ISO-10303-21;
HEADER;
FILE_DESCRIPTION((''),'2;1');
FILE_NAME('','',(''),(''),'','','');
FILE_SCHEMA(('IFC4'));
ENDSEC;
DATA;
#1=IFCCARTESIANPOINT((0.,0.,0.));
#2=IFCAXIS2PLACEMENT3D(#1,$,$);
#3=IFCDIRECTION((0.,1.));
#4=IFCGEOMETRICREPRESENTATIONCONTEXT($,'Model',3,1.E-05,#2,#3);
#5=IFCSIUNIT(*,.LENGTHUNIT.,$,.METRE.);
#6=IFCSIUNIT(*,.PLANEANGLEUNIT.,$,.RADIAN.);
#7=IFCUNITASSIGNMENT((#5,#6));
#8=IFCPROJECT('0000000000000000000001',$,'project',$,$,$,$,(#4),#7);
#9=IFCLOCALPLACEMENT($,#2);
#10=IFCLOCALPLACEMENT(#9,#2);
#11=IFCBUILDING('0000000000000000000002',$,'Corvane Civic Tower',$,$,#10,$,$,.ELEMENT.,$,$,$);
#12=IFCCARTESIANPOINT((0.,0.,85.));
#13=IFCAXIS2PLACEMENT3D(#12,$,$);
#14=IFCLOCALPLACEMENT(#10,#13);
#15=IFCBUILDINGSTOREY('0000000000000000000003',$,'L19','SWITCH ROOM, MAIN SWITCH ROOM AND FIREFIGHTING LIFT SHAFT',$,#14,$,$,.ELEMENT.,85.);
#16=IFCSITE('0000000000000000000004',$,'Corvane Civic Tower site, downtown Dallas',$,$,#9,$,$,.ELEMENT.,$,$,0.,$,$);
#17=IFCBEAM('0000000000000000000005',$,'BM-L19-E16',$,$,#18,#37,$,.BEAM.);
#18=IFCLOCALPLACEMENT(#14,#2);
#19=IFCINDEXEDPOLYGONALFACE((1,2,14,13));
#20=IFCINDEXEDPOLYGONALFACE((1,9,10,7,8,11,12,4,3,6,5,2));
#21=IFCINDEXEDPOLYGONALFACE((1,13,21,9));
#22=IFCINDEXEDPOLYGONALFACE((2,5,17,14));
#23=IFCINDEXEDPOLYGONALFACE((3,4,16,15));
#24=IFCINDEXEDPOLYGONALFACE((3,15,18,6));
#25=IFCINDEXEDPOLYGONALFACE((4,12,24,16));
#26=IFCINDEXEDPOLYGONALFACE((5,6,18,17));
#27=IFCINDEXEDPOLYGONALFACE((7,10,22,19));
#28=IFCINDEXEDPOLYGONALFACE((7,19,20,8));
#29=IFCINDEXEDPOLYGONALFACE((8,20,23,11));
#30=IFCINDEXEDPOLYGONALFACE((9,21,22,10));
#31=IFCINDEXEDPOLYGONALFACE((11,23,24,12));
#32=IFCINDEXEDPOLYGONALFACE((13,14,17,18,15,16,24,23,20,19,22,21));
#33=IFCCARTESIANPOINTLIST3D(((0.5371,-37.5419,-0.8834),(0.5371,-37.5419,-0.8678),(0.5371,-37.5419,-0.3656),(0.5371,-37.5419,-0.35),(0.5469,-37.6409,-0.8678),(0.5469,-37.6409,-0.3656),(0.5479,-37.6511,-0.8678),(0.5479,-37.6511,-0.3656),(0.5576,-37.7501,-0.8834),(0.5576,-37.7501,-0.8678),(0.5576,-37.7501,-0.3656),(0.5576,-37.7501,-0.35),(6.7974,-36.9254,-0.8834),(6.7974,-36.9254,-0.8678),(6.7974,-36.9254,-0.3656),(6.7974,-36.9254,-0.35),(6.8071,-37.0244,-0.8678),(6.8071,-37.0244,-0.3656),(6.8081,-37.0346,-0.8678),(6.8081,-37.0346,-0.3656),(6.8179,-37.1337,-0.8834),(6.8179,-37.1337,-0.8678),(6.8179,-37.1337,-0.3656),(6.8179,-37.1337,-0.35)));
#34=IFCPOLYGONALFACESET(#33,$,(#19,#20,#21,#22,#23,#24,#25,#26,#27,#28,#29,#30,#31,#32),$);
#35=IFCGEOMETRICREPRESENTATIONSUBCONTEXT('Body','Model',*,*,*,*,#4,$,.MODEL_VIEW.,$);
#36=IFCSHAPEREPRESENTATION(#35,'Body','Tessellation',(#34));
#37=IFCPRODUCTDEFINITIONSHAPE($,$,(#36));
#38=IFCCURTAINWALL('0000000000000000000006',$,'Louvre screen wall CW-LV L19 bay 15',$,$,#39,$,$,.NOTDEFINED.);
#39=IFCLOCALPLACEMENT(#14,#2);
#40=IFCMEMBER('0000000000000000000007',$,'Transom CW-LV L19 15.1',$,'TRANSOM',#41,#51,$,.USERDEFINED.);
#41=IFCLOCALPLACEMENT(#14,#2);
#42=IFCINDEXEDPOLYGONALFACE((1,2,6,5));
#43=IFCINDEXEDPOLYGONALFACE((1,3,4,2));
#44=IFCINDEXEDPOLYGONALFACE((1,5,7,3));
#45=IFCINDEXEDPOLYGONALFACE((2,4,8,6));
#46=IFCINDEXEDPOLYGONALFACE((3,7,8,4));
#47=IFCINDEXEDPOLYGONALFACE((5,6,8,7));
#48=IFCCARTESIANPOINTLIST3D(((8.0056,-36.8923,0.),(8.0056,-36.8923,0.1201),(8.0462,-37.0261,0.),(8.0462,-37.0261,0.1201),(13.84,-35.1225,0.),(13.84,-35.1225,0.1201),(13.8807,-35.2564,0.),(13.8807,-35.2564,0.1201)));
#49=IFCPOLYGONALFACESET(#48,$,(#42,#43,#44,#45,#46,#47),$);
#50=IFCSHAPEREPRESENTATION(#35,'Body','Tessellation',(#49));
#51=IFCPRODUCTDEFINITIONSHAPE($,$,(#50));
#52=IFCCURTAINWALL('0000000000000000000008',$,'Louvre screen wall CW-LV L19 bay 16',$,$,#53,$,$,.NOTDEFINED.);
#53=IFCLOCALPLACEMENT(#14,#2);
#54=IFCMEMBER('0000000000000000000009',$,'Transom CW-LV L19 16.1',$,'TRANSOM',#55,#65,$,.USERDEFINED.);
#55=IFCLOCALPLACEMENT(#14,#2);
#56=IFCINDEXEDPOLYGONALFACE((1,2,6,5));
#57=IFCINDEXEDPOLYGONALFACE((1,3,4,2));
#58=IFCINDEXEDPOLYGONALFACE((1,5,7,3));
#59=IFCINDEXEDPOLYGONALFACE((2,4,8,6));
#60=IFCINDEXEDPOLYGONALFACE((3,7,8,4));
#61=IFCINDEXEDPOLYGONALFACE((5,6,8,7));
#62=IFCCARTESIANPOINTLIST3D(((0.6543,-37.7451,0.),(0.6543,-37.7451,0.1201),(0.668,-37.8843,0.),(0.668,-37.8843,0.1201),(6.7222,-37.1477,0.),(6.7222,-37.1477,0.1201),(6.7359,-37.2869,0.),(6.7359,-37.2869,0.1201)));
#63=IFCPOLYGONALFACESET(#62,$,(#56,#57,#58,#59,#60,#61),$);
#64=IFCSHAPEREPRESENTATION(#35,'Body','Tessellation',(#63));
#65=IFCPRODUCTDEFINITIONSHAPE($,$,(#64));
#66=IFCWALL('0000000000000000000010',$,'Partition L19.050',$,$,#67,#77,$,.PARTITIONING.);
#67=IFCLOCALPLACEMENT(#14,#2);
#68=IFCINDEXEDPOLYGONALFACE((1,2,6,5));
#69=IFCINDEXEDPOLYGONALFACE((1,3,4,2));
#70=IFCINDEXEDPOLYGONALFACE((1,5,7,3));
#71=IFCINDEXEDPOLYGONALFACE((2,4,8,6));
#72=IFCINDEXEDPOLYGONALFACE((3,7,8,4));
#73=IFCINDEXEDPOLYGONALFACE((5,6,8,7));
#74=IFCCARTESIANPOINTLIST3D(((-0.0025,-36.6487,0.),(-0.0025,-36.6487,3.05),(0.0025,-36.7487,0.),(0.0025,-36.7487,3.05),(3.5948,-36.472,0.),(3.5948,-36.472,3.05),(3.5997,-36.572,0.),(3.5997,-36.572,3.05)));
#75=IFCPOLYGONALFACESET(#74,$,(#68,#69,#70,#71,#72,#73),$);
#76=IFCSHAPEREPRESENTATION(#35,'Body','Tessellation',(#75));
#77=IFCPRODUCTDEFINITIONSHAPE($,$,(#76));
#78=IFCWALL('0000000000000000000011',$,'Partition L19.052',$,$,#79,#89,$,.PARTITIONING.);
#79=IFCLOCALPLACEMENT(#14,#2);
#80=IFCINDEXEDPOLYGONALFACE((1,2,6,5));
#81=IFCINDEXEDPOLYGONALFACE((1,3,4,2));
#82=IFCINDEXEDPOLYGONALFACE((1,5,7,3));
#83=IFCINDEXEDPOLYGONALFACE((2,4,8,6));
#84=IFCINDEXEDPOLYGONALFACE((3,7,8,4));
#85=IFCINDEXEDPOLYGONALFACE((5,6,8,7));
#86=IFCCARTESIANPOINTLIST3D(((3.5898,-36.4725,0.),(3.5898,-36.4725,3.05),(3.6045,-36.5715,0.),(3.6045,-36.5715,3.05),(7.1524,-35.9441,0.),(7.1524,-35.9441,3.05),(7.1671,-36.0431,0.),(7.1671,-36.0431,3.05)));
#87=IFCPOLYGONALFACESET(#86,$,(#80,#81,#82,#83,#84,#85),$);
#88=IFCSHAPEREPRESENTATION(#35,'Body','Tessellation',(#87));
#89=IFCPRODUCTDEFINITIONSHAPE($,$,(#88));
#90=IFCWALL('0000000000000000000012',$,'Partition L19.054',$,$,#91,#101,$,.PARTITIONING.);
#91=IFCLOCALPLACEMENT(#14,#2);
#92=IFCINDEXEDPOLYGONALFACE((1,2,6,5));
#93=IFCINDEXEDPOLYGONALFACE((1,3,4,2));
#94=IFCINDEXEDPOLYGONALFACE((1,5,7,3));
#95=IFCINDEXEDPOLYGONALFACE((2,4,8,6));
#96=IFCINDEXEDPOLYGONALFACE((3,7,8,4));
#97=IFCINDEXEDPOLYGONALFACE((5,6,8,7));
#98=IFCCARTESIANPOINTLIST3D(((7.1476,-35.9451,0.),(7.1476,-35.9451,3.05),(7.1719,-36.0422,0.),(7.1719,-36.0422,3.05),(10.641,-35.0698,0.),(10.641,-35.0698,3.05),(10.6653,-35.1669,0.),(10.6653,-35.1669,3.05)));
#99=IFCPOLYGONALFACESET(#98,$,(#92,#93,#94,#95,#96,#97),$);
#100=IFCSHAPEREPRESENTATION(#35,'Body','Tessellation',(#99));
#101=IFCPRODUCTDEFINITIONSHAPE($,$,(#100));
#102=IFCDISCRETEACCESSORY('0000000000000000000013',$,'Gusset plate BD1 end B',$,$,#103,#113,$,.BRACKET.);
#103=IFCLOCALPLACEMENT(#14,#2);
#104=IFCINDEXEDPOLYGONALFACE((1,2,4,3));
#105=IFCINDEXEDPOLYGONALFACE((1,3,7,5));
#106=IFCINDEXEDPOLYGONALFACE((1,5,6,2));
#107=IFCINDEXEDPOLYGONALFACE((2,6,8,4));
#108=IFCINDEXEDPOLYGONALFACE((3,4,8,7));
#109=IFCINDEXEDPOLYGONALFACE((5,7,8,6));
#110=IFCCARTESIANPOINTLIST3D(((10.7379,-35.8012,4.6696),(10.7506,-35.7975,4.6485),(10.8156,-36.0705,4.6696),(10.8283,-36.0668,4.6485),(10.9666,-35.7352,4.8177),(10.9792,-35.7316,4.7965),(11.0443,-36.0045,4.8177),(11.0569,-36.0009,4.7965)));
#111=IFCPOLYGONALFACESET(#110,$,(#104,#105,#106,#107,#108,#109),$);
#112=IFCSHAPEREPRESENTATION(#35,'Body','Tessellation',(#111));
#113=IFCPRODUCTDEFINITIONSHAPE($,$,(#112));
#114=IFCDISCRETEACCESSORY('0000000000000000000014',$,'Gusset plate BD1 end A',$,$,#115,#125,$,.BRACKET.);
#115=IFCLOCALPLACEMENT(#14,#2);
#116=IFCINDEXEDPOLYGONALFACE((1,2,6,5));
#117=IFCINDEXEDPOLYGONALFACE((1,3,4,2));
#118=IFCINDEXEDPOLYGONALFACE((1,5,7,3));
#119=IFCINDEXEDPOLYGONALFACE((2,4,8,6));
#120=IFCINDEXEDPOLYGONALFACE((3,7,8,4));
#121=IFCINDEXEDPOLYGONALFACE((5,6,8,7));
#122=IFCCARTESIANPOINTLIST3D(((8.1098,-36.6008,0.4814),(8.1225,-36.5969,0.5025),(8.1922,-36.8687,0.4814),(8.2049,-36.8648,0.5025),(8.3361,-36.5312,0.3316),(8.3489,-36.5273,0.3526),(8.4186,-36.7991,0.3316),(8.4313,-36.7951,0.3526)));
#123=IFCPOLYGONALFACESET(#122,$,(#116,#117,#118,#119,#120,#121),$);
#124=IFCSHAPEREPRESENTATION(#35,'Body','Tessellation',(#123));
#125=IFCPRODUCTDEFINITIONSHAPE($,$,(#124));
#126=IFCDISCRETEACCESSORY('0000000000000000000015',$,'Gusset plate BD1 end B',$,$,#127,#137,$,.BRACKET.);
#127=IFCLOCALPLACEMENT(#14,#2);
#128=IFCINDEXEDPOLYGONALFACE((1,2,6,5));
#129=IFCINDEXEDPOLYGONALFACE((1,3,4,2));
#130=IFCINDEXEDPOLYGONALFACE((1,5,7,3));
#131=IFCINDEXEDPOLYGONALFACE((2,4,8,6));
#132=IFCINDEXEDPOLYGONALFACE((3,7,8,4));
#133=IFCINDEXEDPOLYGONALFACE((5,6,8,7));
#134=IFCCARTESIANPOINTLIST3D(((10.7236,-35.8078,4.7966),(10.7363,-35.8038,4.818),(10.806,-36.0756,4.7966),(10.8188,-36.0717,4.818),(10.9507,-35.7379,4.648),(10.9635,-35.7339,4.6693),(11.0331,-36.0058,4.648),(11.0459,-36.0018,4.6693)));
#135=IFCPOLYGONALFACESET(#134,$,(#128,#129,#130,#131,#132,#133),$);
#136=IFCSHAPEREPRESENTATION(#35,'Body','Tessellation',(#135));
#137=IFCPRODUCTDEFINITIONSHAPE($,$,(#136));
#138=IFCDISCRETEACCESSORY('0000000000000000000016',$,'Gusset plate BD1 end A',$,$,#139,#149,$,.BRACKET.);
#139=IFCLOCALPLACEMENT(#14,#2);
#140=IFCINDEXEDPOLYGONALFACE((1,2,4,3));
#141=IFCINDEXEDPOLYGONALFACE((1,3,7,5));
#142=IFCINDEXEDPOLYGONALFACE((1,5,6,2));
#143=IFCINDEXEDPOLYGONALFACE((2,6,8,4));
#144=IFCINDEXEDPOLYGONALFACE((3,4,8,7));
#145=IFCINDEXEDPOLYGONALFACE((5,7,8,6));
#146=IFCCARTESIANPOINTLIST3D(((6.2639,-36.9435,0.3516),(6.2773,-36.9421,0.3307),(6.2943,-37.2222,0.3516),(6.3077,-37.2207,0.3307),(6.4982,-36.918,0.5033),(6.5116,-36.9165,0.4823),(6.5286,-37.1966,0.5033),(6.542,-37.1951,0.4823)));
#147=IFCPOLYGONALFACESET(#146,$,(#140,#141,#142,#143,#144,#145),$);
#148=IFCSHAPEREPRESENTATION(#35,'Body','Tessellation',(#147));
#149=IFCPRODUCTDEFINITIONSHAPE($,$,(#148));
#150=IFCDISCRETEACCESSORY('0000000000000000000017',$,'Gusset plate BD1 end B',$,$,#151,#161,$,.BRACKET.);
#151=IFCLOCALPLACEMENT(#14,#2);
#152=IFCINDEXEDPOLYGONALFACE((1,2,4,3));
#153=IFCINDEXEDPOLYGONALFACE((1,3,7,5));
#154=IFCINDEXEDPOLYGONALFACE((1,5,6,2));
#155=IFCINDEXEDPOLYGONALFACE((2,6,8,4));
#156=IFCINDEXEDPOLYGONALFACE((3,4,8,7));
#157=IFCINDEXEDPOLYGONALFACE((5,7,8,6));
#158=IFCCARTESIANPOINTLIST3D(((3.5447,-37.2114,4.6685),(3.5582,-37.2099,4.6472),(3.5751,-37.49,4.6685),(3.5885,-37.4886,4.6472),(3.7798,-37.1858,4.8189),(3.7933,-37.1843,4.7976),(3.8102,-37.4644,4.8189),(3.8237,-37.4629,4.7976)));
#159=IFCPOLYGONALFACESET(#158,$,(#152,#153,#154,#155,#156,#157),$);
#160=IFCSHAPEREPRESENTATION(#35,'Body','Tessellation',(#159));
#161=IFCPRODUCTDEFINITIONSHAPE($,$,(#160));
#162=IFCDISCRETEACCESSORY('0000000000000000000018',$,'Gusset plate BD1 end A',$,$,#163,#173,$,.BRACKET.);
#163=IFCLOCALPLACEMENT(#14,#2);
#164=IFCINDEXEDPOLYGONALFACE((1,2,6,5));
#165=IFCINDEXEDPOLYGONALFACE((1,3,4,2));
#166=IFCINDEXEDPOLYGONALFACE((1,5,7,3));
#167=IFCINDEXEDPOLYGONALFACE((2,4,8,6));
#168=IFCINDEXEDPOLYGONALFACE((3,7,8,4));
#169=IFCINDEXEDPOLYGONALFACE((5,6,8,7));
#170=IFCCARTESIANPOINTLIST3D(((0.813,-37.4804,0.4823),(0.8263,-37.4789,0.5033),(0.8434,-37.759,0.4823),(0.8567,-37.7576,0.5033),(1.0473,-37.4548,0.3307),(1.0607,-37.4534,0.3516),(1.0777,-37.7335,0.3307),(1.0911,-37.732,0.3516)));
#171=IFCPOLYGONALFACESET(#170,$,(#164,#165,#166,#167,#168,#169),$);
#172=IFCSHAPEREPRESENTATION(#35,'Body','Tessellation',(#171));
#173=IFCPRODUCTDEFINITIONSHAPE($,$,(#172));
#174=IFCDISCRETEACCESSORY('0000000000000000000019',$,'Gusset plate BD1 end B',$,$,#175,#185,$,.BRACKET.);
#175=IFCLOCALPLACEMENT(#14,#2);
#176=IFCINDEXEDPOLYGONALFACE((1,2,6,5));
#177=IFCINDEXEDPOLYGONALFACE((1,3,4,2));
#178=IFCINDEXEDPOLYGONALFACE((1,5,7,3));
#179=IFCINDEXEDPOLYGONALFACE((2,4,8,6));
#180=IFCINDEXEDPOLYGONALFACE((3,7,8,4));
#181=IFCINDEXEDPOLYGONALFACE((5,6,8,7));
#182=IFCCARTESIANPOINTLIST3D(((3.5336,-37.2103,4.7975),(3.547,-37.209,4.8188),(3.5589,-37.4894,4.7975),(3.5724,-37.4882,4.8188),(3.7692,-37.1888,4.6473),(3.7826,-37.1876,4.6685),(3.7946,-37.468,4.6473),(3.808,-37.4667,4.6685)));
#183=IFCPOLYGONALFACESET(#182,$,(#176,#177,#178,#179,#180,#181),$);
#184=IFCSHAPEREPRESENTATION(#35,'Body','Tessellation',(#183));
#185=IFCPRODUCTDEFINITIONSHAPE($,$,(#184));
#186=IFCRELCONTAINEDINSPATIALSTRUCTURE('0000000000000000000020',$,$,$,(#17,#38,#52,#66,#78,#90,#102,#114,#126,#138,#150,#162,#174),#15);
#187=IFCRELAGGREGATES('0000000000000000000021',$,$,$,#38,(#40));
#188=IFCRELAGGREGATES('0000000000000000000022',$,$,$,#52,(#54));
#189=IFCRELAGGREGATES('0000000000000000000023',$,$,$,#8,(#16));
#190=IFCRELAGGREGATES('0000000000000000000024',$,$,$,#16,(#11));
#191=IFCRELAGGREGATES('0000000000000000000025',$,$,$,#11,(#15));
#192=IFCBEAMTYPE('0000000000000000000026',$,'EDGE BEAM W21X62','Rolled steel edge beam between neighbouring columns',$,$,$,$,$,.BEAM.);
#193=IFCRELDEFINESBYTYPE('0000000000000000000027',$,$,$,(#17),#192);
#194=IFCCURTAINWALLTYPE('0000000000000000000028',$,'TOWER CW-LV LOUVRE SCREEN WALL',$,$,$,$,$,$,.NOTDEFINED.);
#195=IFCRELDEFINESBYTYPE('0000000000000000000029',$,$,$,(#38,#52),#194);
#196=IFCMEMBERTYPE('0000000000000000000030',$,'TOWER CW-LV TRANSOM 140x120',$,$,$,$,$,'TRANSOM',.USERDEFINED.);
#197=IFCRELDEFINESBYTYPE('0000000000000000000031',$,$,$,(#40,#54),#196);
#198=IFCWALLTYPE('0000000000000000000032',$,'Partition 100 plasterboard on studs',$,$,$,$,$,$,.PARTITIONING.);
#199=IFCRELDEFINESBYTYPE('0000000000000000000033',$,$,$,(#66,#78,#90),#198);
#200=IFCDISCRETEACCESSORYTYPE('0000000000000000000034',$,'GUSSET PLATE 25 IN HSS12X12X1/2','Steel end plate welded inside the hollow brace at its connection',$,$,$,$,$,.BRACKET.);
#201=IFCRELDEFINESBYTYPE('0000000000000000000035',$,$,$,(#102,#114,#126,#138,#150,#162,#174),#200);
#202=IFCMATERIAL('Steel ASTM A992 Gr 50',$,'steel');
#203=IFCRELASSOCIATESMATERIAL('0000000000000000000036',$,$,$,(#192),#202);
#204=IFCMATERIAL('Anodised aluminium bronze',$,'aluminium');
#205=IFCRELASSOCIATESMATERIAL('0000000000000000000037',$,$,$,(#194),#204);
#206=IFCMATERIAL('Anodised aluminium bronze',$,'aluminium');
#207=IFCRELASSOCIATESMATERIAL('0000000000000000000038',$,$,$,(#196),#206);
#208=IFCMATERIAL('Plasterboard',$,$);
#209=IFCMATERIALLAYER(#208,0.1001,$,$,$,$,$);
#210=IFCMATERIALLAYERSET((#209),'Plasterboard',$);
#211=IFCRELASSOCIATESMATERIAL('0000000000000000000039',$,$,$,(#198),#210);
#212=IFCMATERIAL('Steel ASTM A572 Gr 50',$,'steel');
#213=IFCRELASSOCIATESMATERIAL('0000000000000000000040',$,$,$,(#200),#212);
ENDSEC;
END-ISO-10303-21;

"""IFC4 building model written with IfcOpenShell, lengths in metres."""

from ifc_helpers import new_model, si_unit, direction, frame, frame_2d, origin, origin_2d, place, context, subcontext, project, spatial, rectangle, i_section, extrude, material, layer, layer_set, material_profile, profile_set, type_object, element, aggregate, save


model = new_model("IFC4")

# Units and contexts
model_context = context("Model", 3, precision=1e-05, world=origin(), true_north=direction((0.0, 1.0)))
body_context = subcontext(model_context, "Body", "Model", "MODEL_VIEW")
ifc_project = project(units=[si_unit("LENGTHUNIT", "METRE"), si_unit("PLANEANGLEUNIT", "RADIAN")], contexts=[model_context])

# Site, building, storey
site_placement = place(None, origin())
site = spatial("IfcSite", under=ifc_project, at=site_placement, Name="Corvane Civic Tower site, downtown Dallas", CompositionType="ELEMENT", RefElevation=0.0)
building_placement = place(site_placement, origin())
building = spatial("IfcBuilding", under=site, at=building_placement, Name="Corvane Civic Tower", CompositionType="ELEMENT")
storey_placement = place(building_placement, frame((0.0, 0.0, 85.0)))
storey = spatial("IfcBuildingStorey", under=building, at=storey_placement, Name="L19", Description="SWITCH ROOM, MAIN SWITCH ROOM AND FIREFIGHTING LIFT SHAFT", CompositionType="ELEMENT", Elevation=85.0)

# Beam
ifc_material_1 = material(Name="Steel ASTM A992 Gr 50", Category="steel")
ifc_material_profile_1 = material_profile(ifc_material_1, i_section(OverallWidth=0.2092, OverallDepth=0.5334, WebThickness=0.0103, FlangeThickness=0.0156, at=origin_2d()), Name="W21X62")
ifc_profile_set_1 = profile_set([ifc_material_profile_1], Name="Steel ASTM A992 Gr 50")
beam_type = type_object("IfcBeamType", Name="EDGE BEAM W21X62", Description="Rolled steel edge beam between neighbouring columns", PredefinedType="BEAM", material=ifc_profile_set_1)
beam_placement = place(storey_placement, frame((6.8076, -37.0295, -0.6167), z_axis=(-0.995187, -0.097997, 0.0), x_axis=(0.097997, -0.995187, 0.0)))
element("IfcBeam", 1, at=beam_placement, inside=storey, type_object=beam_type, Name="BM-L19-E16", PredefinedType="BEAM", context=body_context, shape_type="SweptSolid", body=[
    extrude(i_section(OverallWidth=0.2092, OverallDepth=0.5334, WebThickness=0.0103, FlangeThickness=0.0156, at=origin_2d()), origin(), (0.0, 0.0, 1.0), 6.2905),
])

# Curtain walls, members
ifc_material_2 = material(Name="Anodised aluminium bronze", Category="aluminium")
curtain_wall_type = type_object("IfcCurtainWallType", Name="TOWER CW-LV LOUVRE SCREEN WALL", PredefinedType="NOTDEFINED", material=ifc_material_2)
curtain_wall_1_placement = place(storey_placement, origin())
curtain_wall_1 = element("IfcCurtainWall", 2, at=curtain_wall_1_placement, inside=storey, type_object=curtain_wall_type, Name="Louvre screen wall CW-LV L19 bay 15", PredefinedType="NOTDEFINED")
ifc_material_3 = material(Name="Anodised aluminium bronze", Category="aluminium")
ifc_material_profile_2 = material_profile(ifc_material_3, rectangle(XDim=0.1399, YDim=0.1201, at=origin_2d()), Name="TOWER CW-LV TRANSOM 140x120")
ifc_profile_set_2 = profile_set([ifc_material_profile_2], Name="Anodised aluminium bronze")
member_type_1 = type_object("IfcMemberType", Name="TOWER CW-LV TRANSOM 140x120", ElementType="TRANSOM", PredefinedType="USERDEFINED", material=ifc_profile_set_2)
member_1_placement = place(storey_placement, frame((13.8604, -35.1895, 0.0601), z_axis=(-0.956945, -0.290271, 0.0), x_axis=(0.290271, -0.956945, 0.0)))
member_1 = element("IfcMember", 3, at=member_1_placement, type_object=member_type_1, Name="Transom CW-LV L19 15.1", ObjectType="TRANSOM", PredefinedType="USERDEFINED", context=body_context, shape_type="SweptSolid", body=[
    extrude(rectangle(XDim=0.1399, YDim=0.1201, at=origin_2d()), origin(), (0.0, 0.0, 1.0), 6.0969),
])
aggregate(curtain_wall_1, [member_1])
curtain_wall_2_placement = place(storey_placement, origin())
curtain_wall_2 = element("IfcCurtainWall", 4, at=curtain_wall_2_placement, inside=storey, type_object=curtain_wall_type, Name="Louvre screen wall CW-LV L19 bay 16", PredefinedType="NOTDEFINED")
member_2_placement = place(storey_placement, frame((6.729, -37.2173, 0.0601), z_axis=(-0.995188, -0.097981, 0.0), x_axis=(0.097981, -0.995188, 0.0)))
member_2 = element("IfcMember", 5, at=member_2_placement, type_object=member_type_1, Name="Transom CW-LV L19 16.1", ObjectType="TRANSOM", PredefinedType="USERDEFINED", context=body_context, shape_type="SweptSolid", body=[
    extrude(rectangle(XDim=0.1399, YDim=0.1201, at=origin_2d()), origin(), (0.0, 0.0, 1.0), 6.0972),
])

# Walls
ifc_material_4 = material(Name="Plasterboard")
ifc_layer = layer(ifc_material_4, 0.1001)
ifc_layer_set = layer_set([ifc_layer], Name="Plasterboard")
wall_type = type_object("IfcWallType", Name="Partition 100 plasterboard on studs", PredefinedType="PARTITIONING", material=ifc_layer_set)
for number, where, z_axis, x_axis, name in (
    (6, (0.0, -36.6987, 0.0), (0.0, 0.0, 1.0), (0.998795, 0.049079, 0.0), "Partition L19.050"),
    (7, (3.5972, -36.522, 0.0), (0.0, 0.0, 1.0), (0.989182, 0.146696, 0.0), "Partition L19.052"),
):
    element("IfcWall", number, at=place(storey_placement, frame(where, z_axis=z_axis, x_axis=x_axis)), inside=storey, type_object=wall_type, Name=name, PredefinedType="PARTITIONING", context=body_context, shape_type="SweptSolid", body=[
        extrude(rectangle(XDim=3.6016, YDim=0.1001, at=frame_2d((1.8008, 0.0))), origin(), (0.0, 0.0, 1.0), 3.05),
    ])
wall_placement = place(storey_placement, frame((7.1597, -35.9937, 0.0), z_axis=(0.0, 0.0, 1.0), x_axis=(0.970019, 0.24303, 0.0)))
element("IfcWall", 8, at=wall_placement, inside=storey, type_object=wall_type, Name="Partition L19.054", PredefinedType="PARTITIONING", context=body_context, shape_type="SweptSolid", body=[
    extrude(rectangle(XDim=3.6013, YDim=0.1001, at=frame_2d((1.8008, 0.0))), origin(), (0.0, 0.0, 1.0), 3.05),
])

aggregate(curtain_wall_2, [member_2])

# Discrete accessories
ifc_material_5 = material(Name="Steel ASTM A572 Gr 50", Category="steel")
ifc_material_profile_3 = material_profile(ifc_material_5, rectangle(XDim=0.2803, YDim=0.2803, at=origin_2d()), Name="GUSSET PLATE 25 IN HSS12X12X1/2")
ifc_profile_set_3 = profile_set([ifc_material_profile_3], Name="Steel ASTM A572 Gr 50")
discrete_accessory_type = type_object("IfcDiscreteAccessoryType", Name="GUSSET PLATE 25 IN HSS12X12X1/2", Description="Steel end plate welded inside the hollow brace at its connection", PredefinedType="BRACKET", material=ifc_profile_set_3)
for number, where, z_axis, x_axis, name in (
    (9, (10.8911, -35.9028, 4.7437), (0.507516, 0.146399, -0.849114), (-0.277161, 0.960824, 0.0), "Gusset plate BD1 end B"),
    (10, (8.2642, -36.7, 0.4065), (0.510984, 0.157226, 0.845089), (-0.294086, 0.955779, 0.0), "Gusset plate BD1 end A"),
):
    element("IfcDiscreteAccessory", number, at=place(storey_placement, frame(where, z_axis=z_axis, x_axis=x_axis)), inside=storey, type_object=discrete_accessory_type, Name=name, PredefinedType="BRACKET", context=body_context, shape_type="SweptSolid", body=[
        extrude(rectangle(XDim=0.2803, YDim=0.2803, at=origin_2d()), origin(), (0.0, 0.0, 1.0), 0.0249),
    ])
discrete_accessory_1_placement = place(storey_placement, frame((10.8911, -35.9028, 4.7437), z_axis=(-0.506769, -0.155929, -0.847863), x_axis=(0.294086, -0.955779, 0.0)))
element("IfcDiscreteAccessory", 11, at=discrete_accessory_1_placement, inside=storey, type_object=discrete_accessory_type, Name="Gusset plate BD1 end B", PredefinedType="BRACKET", context=body_context, shape_type="SweptSolid", body=[
    extrude(rectangle(XDim=0.2803, YDim=0.2803, at=origin_2d()), origin(), (0.0, 0.0, 1.0), 0.0251),
])
discrete_accessory_2_placement = place(storey_placement, frame((6.4097, -37.0686, 0.4065), z_axis=(-0.537847, -0.058674, 0.840998), x_axis=(0.108448, -0.994102, 0.0)))
element("IfcDiscreteAccessory", 12, at=discrete_accessory_2_placement, inside=storey, type_object=discrete_accessory_type, Name="Gusset plate BD1 end A", PredefinedType="BRACKET", context=body_context, shape_type="SweptSolid", body=[
    extrude(rectangle(XDim=0.2803, YDim=0.2803, at=origin_2d()), origin(), (0.0, 0.0, 1.0), 0.0249),
])
discrete_accessory_3_placement = place(storey_placement, frame((3.6775, -37.3379, 4.7437), z_axis=(0.533453, 0.058195, -0.843825), x_axis=(-0.108448, 0.994102, 0.0)))
element("IfcDiscreteAccessory", 13, at=discrete_accessory_3_placement, inside=storey, type_object=discrete_accessory_type, Name="Gusset plate BD1 end B", PredefinedType="BRACKET", context=body_context, shape_type="SweptSolid", body=[
    extrude(rectangle(XDim=0.2803, YDim=0.2803, at=origin_2d()), origin(), (0.0, 0.0, 1.0), 0.0251),
])
discrete_accessory_4_placement = place(storey_placement, frame((0.9453, -37.6069, 0.4065), z_axis=(0.537847, 0.058674, 0.840998), x_axis=(-0.108448, 0.994102, 0.0)))
element("IfcDiscreteAccessory", 14, at=discrete_accessory_4_placement, inside=storey, type_object=discrete_accessory_type, Name="Gusset plate BD1 end A", PredefinedType="BRACKET", context=body_context, shape_type="SweptSolid", body=[
    extrude(rectangle(XDim=0.2803, YDim=0.2803, at=origin_2d()), origin(), (0.0, 0.0, 1.0), 0.0249),
])
discrete_accessory_5_placement = place(storey_placement, frame((3.6775, -37.3379, 4.7437), z_axis=(-0.533729, -0.048521, -0.844262), x_axis=(0.090536, -0.995893, 0.0)))
element("IfcDiscreteAccessory", 15, at=discrete_accessory_5_placement, inside=storey, type_object=discrete_accessory_type, Name="Gusset plate BD1 end B", PredefinedType="BRACKET", context=body_context, shape_type="SweptSolid", body=[
    extrude(rectangle(XDim=0.2803, YDim=0.2803, at=origin_2d()), origin(), (0.0, 0.0, 1.0), 0.0251),
])

save(model, "model.ifc")
